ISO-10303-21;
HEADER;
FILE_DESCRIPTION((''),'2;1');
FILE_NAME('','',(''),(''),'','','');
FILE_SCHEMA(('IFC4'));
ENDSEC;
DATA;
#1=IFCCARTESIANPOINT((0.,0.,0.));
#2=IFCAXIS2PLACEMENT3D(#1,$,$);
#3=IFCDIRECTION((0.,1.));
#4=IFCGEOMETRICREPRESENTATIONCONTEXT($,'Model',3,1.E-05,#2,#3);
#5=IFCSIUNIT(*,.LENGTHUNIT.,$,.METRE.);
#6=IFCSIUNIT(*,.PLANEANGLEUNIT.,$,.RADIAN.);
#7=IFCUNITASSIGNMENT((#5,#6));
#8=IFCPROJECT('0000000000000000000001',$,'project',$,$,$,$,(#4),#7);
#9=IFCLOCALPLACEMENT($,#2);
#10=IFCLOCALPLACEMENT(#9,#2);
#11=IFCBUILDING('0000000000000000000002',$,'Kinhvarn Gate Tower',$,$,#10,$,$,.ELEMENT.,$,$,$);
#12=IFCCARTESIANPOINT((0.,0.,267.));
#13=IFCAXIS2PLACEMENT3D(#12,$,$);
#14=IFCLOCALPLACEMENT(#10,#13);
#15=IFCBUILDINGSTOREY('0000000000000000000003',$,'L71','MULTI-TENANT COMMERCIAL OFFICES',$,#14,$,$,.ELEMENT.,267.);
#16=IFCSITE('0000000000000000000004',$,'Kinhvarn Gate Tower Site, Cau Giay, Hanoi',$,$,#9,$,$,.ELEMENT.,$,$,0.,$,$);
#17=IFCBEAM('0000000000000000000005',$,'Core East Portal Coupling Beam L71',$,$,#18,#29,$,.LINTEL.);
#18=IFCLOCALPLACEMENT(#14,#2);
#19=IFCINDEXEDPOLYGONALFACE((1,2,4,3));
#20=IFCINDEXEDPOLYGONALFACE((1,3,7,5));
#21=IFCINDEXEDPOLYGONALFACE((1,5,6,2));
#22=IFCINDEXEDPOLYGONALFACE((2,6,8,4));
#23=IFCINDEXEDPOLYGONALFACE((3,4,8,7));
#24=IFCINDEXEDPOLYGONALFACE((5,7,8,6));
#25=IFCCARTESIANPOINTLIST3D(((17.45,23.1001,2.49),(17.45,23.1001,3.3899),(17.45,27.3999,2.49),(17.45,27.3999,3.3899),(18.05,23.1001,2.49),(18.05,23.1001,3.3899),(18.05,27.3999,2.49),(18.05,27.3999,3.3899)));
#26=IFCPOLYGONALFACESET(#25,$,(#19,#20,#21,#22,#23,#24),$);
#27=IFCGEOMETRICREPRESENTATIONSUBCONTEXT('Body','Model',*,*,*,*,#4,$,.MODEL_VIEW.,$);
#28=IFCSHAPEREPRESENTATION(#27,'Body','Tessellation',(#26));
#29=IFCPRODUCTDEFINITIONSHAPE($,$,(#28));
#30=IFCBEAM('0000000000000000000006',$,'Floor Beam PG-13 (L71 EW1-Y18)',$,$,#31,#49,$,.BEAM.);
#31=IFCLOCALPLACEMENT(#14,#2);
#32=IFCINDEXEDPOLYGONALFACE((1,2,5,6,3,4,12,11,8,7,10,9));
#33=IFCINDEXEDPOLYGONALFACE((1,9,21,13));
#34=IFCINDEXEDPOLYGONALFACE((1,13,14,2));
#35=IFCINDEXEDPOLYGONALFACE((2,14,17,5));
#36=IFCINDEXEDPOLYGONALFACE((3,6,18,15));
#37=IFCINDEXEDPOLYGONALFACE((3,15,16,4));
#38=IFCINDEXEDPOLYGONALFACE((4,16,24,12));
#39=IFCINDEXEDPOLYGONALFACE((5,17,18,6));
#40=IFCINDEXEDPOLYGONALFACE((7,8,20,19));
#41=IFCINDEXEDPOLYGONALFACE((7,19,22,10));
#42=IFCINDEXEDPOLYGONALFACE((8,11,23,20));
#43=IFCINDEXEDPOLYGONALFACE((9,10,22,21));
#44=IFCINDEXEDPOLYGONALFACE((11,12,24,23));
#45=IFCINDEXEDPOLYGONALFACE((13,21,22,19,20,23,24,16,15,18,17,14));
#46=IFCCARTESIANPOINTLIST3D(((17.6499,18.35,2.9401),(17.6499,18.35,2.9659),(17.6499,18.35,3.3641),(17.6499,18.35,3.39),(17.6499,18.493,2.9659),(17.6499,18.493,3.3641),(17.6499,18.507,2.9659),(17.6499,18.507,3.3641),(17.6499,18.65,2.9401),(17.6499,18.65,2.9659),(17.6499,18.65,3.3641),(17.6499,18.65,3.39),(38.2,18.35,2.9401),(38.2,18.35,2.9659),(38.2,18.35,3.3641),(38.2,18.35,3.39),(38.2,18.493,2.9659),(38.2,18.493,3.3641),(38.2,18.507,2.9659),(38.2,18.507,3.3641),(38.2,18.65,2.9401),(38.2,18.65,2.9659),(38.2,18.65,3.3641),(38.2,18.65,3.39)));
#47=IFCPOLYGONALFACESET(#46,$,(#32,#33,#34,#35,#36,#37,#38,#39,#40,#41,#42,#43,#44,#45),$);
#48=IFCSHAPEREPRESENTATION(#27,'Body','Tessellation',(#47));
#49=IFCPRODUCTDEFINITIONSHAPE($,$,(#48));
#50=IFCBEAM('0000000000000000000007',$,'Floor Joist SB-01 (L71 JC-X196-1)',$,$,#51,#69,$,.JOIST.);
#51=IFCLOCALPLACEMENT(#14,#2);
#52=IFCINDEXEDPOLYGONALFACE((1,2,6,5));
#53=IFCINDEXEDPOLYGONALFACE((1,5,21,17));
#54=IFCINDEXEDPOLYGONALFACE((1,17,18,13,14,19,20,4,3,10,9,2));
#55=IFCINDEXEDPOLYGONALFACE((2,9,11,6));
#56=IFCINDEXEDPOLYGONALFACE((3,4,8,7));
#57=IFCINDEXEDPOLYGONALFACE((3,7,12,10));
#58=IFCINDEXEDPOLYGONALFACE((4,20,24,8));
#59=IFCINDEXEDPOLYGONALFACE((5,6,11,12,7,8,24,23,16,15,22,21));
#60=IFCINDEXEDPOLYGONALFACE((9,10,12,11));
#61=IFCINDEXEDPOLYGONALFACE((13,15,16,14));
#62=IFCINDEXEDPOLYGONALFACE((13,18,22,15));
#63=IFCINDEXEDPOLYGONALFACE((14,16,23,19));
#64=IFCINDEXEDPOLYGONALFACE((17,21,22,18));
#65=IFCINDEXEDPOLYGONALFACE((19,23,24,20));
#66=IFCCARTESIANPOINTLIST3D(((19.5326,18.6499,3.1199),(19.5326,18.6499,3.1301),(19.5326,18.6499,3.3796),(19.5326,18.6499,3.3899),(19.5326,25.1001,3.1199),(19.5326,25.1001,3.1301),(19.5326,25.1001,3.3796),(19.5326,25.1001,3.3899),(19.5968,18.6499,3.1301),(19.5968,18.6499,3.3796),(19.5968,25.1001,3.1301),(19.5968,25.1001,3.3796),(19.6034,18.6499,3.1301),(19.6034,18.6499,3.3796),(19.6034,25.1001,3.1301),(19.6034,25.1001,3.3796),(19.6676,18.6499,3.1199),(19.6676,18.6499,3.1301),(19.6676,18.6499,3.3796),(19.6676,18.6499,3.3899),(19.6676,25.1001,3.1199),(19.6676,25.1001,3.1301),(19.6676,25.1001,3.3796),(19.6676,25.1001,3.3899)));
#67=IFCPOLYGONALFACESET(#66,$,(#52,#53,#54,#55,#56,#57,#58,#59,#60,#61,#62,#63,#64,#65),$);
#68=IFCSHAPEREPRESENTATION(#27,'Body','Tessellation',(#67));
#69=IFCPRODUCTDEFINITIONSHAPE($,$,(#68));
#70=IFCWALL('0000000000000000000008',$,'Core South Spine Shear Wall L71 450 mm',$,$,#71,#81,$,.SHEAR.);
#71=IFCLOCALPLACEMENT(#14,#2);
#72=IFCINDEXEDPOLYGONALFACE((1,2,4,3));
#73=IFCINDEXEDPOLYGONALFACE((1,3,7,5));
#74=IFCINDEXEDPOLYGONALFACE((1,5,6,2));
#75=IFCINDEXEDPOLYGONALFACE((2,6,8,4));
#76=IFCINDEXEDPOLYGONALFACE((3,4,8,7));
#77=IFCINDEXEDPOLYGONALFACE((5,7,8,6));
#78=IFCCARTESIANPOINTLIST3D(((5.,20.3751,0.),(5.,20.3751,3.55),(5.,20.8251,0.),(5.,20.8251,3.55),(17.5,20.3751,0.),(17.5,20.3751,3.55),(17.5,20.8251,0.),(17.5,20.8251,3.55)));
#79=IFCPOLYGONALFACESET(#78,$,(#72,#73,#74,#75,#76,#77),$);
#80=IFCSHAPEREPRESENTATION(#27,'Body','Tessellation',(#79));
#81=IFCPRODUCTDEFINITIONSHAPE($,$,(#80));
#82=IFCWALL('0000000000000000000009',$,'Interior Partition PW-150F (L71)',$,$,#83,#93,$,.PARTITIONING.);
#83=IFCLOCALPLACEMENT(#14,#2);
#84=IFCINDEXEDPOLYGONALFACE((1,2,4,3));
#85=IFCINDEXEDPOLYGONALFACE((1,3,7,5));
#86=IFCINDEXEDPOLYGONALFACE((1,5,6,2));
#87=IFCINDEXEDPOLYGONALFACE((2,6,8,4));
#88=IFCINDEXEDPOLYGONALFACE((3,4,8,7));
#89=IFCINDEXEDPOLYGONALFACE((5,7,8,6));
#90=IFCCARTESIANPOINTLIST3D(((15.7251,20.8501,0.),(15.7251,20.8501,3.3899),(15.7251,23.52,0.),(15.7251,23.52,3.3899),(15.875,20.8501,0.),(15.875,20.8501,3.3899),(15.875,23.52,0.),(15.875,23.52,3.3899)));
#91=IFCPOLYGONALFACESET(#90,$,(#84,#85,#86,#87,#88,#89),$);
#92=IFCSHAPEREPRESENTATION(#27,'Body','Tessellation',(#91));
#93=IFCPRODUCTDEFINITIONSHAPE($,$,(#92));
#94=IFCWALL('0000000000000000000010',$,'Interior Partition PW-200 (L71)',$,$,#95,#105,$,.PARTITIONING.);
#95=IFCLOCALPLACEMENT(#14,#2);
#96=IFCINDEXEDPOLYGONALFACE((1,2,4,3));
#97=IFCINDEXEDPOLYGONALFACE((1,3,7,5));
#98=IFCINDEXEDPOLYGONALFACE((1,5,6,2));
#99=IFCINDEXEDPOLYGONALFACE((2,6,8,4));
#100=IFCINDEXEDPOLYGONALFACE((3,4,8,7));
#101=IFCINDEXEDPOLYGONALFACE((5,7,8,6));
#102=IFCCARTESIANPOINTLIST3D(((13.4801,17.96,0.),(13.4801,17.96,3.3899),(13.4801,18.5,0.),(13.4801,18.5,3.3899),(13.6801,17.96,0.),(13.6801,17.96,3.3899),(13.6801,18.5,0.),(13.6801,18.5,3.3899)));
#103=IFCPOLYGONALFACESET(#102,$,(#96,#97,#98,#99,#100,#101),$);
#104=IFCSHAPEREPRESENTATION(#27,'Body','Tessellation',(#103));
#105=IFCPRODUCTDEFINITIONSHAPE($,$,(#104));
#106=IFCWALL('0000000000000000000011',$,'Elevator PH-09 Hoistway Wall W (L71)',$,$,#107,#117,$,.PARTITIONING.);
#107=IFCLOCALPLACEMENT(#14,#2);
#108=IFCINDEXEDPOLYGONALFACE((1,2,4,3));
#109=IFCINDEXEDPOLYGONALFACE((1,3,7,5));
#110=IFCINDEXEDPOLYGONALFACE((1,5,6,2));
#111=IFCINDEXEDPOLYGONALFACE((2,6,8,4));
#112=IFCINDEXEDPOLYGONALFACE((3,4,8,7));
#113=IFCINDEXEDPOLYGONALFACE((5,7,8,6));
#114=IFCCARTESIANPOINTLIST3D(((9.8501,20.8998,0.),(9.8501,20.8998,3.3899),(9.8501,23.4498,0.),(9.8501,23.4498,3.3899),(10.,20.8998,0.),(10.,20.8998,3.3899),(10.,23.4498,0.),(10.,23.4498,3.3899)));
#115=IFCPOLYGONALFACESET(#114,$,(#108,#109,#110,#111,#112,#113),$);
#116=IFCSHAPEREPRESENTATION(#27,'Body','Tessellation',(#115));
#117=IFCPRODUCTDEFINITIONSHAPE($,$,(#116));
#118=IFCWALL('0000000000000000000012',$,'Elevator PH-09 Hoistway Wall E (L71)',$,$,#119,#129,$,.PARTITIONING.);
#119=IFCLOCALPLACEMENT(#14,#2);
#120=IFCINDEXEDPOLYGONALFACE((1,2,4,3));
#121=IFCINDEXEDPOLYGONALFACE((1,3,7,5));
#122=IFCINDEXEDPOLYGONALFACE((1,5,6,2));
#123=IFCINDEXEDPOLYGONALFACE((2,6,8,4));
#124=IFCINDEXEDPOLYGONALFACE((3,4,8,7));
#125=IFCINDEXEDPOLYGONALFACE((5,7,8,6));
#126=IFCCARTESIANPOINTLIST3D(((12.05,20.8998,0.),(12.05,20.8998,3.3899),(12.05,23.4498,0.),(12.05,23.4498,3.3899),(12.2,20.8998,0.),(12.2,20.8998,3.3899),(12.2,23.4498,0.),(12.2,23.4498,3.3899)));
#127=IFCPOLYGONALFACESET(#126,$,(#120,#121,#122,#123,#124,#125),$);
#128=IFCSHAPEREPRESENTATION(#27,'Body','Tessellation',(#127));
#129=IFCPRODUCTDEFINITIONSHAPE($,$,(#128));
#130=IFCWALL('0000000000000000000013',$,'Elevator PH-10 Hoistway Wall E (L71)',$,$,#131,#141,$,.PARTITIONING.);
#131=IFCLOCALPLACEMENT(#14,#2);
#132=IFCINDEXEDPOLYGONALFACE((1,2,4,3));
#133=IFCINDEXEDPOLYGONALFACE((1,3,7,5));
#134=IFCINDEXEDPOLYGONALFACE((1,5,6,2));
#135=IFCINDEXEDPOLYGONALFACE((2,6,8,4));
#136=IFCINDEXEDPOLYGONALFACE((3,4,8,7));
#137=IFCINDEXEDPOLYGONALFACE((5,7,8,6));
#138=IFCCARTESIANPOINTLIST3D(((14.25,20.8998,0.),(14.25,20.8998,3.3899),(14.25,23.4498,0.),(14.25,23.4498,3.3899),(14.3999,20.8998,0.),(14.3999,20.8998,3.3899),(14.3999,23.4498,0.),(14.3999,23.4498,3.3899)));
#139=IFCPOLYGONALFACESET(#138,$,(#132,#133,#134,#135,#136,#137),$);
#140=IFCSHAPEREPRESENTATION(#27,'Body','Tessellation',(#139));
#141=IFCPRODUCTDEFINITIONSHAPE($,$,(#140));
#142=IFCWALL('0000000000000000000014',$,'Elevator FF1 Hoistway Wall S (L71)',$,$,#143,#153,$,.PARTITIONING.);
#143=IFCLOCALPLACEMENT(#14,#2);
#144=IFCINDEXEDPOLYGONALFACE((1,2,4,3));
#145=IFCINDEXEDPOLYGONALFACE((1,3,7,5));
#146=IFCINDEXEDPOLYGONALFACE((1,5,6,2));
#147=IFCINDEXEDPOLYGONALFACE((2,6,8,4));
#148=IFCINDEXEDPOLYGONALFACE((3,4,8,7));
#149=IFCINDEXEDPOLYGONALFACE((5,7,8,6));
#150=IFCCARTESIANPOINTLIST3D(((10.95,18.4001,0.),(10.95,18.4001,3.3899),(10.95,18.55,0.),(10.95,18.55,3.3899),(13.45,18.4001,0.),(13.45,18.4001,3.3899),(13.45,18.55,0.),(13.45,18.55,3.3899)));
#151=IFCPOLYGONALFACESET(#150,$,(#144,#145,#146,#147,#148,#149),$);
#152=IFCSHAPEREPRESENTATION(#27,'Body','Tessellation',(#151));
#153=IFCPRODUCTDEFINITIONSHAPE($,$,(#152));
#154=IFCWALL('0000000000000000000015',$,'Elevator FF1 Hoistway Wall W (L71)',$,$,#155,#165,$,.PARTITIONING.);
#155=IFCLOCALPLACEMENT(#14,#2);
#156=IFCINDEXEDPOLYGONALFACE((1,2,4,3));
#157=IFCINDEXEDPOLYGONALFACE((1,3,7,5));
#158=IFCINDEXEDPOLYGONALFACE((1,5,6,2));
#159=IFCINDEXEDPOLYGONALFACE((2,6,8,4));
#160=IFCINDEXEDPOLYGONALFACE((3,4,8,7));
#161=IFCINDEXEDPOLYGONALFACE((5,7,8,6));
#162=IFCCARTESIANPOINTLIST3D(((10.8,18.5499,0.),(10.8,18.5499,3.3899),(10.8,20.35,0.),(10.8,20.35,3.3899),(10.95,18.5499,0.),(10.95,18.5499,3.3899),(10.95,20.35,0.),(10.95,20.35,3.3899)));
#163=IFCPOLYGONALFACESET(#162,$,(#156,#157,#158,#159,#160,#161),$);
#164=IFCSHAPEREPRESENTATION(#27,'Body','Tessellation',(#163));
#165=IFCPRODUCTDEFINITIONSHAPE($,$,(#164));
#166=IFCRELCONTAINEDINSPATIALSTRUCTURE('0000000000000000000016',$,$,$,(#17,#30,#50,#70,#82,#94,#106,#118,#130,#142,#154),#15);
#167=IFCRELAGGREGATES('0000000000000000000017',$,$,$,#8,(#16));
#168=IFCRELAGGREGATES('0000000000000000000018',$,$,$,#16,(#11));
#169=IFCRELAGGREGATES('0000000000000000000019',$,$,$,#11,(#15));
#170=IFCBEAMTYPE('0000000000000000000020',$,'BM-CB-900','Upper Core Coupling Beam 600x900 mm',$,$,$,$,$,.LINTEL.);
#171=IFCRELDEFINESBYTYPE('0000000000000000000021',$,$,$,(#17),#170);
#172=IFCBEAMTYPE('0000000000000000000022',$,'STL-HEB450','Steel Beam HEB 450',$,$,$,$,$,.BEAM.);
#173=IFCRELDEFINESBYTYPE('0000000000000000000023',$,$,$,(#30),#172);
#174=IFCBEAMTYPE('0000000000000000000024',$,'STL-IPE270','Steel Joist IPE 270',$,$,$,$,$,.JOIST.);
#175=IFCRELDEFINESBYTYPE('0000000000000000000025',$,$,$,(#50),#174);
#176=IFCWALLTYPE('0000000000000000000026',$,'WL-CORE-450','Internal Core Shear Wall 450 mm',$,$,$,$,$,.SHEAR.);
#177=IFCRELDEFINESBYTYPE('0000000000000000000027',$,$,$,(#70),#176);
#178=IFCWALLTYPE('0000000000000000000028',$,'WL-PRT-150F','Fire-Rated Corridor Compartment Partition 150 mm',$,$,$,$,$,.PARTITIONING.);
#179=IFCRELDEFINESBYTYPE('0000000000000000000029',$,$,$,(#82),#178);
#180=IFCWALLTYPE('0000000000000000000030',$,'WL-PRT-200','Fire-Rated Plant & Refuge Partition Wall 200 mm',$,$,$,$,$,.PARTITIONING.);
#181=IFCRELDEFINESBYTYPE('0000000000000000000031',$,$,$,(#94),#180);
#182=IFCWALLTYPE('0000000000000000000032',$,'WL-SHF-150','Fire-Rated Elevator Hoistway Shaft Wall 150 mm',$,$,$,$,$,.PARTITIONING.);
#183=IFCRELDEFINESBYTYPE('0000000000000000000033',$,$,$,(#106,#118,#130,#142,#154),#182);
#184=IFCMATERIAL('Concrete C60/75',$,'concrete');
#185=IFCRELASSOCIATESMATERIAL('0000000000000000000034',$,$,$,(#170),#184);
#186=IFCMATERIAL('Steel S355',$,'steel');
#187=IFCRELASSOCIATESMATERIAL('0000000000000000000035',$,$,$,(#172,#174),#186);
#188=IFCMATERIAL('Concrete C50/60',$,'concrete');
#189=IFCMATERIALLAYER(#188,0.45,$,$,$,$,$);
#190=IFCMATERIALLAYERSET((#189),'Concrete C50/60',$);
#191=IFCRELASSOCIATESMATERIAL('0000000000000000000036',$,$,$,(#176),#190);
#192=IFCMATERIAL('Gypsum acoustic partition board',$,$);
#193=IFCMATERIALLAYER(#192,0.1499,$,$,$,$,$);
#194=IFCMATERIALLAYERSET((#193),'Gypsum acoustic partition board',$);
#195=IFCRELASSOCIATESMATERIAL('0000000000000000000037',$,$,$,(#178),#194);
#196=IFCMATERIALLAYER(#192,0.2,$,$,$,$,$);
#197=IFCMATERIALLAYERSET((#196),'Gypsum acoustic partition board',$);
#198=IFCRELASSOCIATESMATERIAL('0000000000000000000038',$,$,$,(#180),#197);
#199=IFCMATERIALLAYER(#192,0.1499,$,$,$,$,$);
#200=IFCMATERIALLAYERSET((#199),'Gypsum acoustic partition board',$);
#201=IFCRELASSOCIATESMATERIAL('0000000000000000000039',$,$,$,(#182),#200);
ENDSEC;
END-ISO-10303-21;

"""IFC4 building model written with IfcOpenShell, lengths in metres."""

from ifc_helpers import new_model, si_unit, direction, frame, frame_2d, origin, origin_2d, place, context, subcontext, project, spatial, rectangle, i_section, extrude, material, layer, layer_set, material_profile, profile_set, type_object, element, save


model = new_model("IFC4")

# Units and contexts
model_context = context("Model", 3, precision=1e-05, world=origin(), true_north=direction((0.0, 1.0)))
body_context = subcontext(model_context, "Body", "Model", "MODEL_VIEW")
ifc_project = project(units=[si_unit("LENGTHUNIT", "METRE"), si_unit("PLANEANGLEUNIT", "RADIAN")], contexts=[model_context])

# Site, building, storey
site_placement = place(None, origin())
site = spatial("IfcSite", under=ifc_project, at=site_placement, Name="Kinhvarn Gate Tower Site, Cau Giay, Hanoi", CompositionType="ELEMENT", RefElevation=0.0)
building_placement = place(site_placement, origin())
building = spatial("IfcBuilding", under=site, at=building_placement, Name="Kinhvarn Gate Tower", CompositionType="ELEMENT")
storey_placement = place(building_placement, frame((0.0, 0.0, 267.0)))
storey = spatial("IfcBuildingStorey", under=building, at=storey_placement, Name="L71", Description="MULTI-TENANT COMMERCIAL OFFICES", CompositionType="ELEMENT", Elevation=267.0)

# Beams
ifc_material_1 = material(Name="Concrete C60/75", Category="concrete")
ifc_material_profile_1 = material_profile(ifc_material_1, rectangle(XDim=0.6001, YDim=0.8999, at=origin_2d()), Name="RC 600x900")
ifc_profile_set_1 = profile_set([ifc_material_profile_1], Name="Concrete C60/75")
beam_type_1 = type_object("IfcBeamType", Name="BM-CB-900", Description="Upper Core Coupling Beam 600x900 mm", PredefinedType="LINTEL", material=ifc_profile_set_1)
beam_1_placement = place(storey_placement, frame((17.75, 23.1001, 2.9399), z_axis=(0.0, 1.0, 0.0), x_axis=(-1.0, 0.0, 0.0)))
element("IfcBeam", 1, at=beam_1_placement, inside=storey, type_object=beam_type_1, Name="Core East Portal Coupling Beam L71", PredefinedType="LINTEL", context=body_context, shape_type="SweptSolid", body=[
    extrude(rectangle(XDim=0.6001, YDim=0.8999, at=origin_2d()), origin(), (0.0, 0.0, 1.0), 4.2998),
])
ifc_material_2 = material(Name="Steel S355", Category="steel")
ifc_material_profile_2 = material_profile(ifc_material_2, i_section(OverallWidth=0.3, OverallDepth=0.45, WebThickness=0.0139, FlangeThickness=0.0259, at=origin_2d()), Name="HEB 450")
ifc_profile_set_2 = profile_set([ifc_material_profile_2], Name="Steel S355")
beam_type_2 = type_object("IfcBeamType", Name="STL-HEB450", Description="Steel Beam HEB 450", PredefinedType="BEAM", material=ifc_profile_set_2)
beam_2_placement = place(storey_placement, frame((17.6499, 18.5, 3.165), z_axis=(1.0, 0.0, 0.0), x_axis=(0.0, 1.0, 0.0)))
element("IfcBeam", 2, at=beam_2_placement, inside=storey, type_object=beam_type_2, Name="Floor Beam PG-13 (L71 EW1-Y18)", PredefinedType="BEAM", context=body_context, shape_type="SweptSolid", body=[
    extrude(i_section(OverallWidth=0.3, OverallDepth=0.45, WebThickness=0.0139, FlangeThickness=0.0259, at=origin_2d()), origin(), (0.0, 0.0, 1.0), 20.55),
])
ifc_material_profile_3 = material_profile(ifc_material_2, i_section(OverallWidth=0.135, OverallDepth=0.27, WebThickness=0.0066, FlangeThickness=0.0103, at=origin_2d()), Name="IPE 270")
ifc_profile_set_3 = profile_set([ifc_material_profile_3], Name="Steel S355")
beam_type_3 = type_object("IfcBeamType", Name="STL-IPE270", Description="Steel Joist IPE 270", PredefinedType="JOIST", material=ifc_profile_set_3)
beam_3_placement = place(storey_placement, frame((19.6001, 18.6499, 3.2549), z_axis=(0.0, 1.0, 0.0), x_axis=(-1.0, 0.0, 0.0)))
element("IfcBeam", 3, at=beam_3_placement, inside=storey, type_object=beam_type_3, Name="Floor Joist SB-01 (L71 JC-X196-1)", PredefinedType="JOIST", context=body_context, shape_type="SweptSolid", body=[
    extrude(i_section(OverallWidth=0.135, OverallDepth=0.27, WebThickness=0.0066, FlangeThickness=0.0103, at=origin_2d()), origin(), (0.0, 0.0, 1.0), 6.4502),
])

# Walls
ifc_material_3 = material(Name="Concrete C50/60", Category="concrete")
ifc_layer_1 = layer(ifc_material_3, 0.45)
ifc_layer_set_1 = layer_set([ifc_layer_1], Name="Concrete C50/60")
wall_type_1 = type_object("IfcWallType", Name="WL-CORE-450", Description="Internal Core Shear Wall 450 mm", PredefinedType="SHEAR", material=ifc_layer_set_1)
wall_1_placement = place(storey_placement, frame((5.0, 20.6001, 0.0), z_axis=(0.0, 0.0, 1.0), x_axis=(1.0, 0.0, 0.0)))
element("IfcWall", 4, at=wall_1_placement, inside=storey, type_object=wall_type_1, Name="Core South Spine Shear Wall L71 450 mm", PredefinedType="SHEAR", context=body_context, shape_type="SweptSolid", body=[
    extrude(rectangle(XDim=12.5, YDim=0.45, at=frame_2d((6.25, 0.0))), origin(), (0.0, 0.0, 1.0), 3.55),
])
ifc_material_4 = material(Name="Gypsum acoustic partition board")
ifc_layer_2 = layer(ifc_material_4, 0.1499)
ifc_layer_set_2 = layer_set([ifc_layer_2], Name="Gypsum acoustic partition board")
wall_type_2 = type_object("IfcWallType", Name="WL-PRT-150F", Description="Fire-Rated Corridor Compartment Partition 150 mm", PredefinedType="PARTITIONING", material=ifc_layer_set_2)
wall_2_placement = place(storey_placement, frame((15.8, 20.8501, 0.0), z_axis=(0.0, 0.0, 1.0), x_axis=(0.0, 1.0, 0.0)))
element("IfcWall", 5, at=wall_2_placement, inside=storey, type_object=wall_type_2, Name="Interior Partition PW-150F (L71)", PredefinedType="PARTITIONING", context=body_context, shape_type="SweptSolid", body=[
    extrude(rectangle(XDim=2.6699, YDim=0.1499, at=frame_2d((1.335, 0.0))), origin(), (0.0, 0.0, 1.0), 3.3899),
])
ifc_layer_3 = layer(ifc_material_4, 0.2)
ifc_layer_set_3 = layer_set([ifc_layer_3], Name="Gypsum acoustic partition board")
wall_type_3 = type_object("IfcWallType", Name="WL-PRT-200", Description="Fire-Rated Plant & Refuge Partition Wall 200 mm", PredefinedType="PARTITIONING", material=ifc_layer_set_3)
wall_3_placement = place(storey_placement, frame((13.5801, 17.96, 0.0), z_axis=(0.0, 0.0, 1.0), x_axis=(0.0, 1.0, 0.0)))
element("IfcWall", 6, at=wall_3_placement, inside=storey, type_object=wall_type_3, Name="Interior Partition PW-200 (L71)", PredefinedType="PARTITIONING", context=body_context, shape_type="SweptSolid", body=[
    extrude(rectangle(XDim=0.54, YDim=0.2, at=frame_2d((0.27, 0.0))), origin(), (0.0, 0.0, 1.0), 3.3899),
])
ifc_layer_4 = layer(ifc_material_4, 0.1499)
ifc_layer_set_4 = layer_set([ifc_layer_4], Name="Gypsum acoustic partition board")
wall_type_4 = type_object("IfcWallType", Name="WL-SHF-150", Description="Fire-Rated Elevator Hoistway Shaft Wall 150 mm", PredefinedType="PARTITIONING", material=ifc_layer_set_4)
for number, where, z_axis, x_axis, name in (
    (7, (9.925, 20.8999, 0.0), (0.0, 0.0, 1.0), (0.0, 1.0, 0.0), "Elevator PH-09 Hoistway Wall W (L71)"),
    (8, (12.125, 20.8999, 0.0), (0.0, 0.0, 1.0), (0.0, 1.0, 0.0), "Elevator PH-09 Hoistway Wall E (L71)"),
    (9, (14.325, 20.8999, 0.0), (0.0, 0.0, 1.0), (0.0, 1.0, 0.0), "Elevator PH-10 Hoistway Wall E (L71)"),
):
    element("IfcWall", number, at=place(storey_placement, frame(where, z_axis=z_axis, x_axis=x_axis)), inside=storey, type_object=wall_type_4, Name=name, PredefinedType="PARTITIONING", context=body_context, shape_type="SweptSolid", body=[
        extrude(rectangle(XDim=2.55, YDim=0.1499, at=frame_2d((1.2749, 0.0))), origin(), (0.0, 0.0, 1.0), 3.3899),
    ])
wall_4_placement = place(storey_placement, frame((10.95, 18.4751, 0.0), z_axis=(0.0, 0.0, 1.0), x_axis=(1.0, 0.0, 0.0)))
element("IfcWall", 10, at=wall_4_placement, inside=storey, type_object=wall_type_4, Name="Elevator FF1 Hoistway Wall S (L71)", PredefinedType="PARTITIONING", context=body_context, shape_type="SweptSolid", body=[
    extrude(rectangle(XDim=2.5, YDim=0.1499, at=frame_2d((1.25, 0.0))), origin(), (0.0, 0.0, 1.0), 3.3899),
])
wall_5_placement = place(storey_placement, frame((10.875, 18.55, 0.0), z_axis=(0.0, 0.0, 1.0), x_axis=(0.0, 1.0, 0.0)))
element("IfcWall", 11, at=wall_5_placement, inside=storey, type_object=wall_type_4, Name="Elevator FF1 Hoistway Wall W (L71)", PredefinedType="PARTITIONING", context=body_context, shape_type="SweptSolid", body=[
    extrude(rectangle(XDim=1.8, YDim=0.1499, at=frame_2d((0.8999, 0.0))), origin(), (0.0, 0.0, 1.0), 3.3899),
])

save(model, "model.ifc")
